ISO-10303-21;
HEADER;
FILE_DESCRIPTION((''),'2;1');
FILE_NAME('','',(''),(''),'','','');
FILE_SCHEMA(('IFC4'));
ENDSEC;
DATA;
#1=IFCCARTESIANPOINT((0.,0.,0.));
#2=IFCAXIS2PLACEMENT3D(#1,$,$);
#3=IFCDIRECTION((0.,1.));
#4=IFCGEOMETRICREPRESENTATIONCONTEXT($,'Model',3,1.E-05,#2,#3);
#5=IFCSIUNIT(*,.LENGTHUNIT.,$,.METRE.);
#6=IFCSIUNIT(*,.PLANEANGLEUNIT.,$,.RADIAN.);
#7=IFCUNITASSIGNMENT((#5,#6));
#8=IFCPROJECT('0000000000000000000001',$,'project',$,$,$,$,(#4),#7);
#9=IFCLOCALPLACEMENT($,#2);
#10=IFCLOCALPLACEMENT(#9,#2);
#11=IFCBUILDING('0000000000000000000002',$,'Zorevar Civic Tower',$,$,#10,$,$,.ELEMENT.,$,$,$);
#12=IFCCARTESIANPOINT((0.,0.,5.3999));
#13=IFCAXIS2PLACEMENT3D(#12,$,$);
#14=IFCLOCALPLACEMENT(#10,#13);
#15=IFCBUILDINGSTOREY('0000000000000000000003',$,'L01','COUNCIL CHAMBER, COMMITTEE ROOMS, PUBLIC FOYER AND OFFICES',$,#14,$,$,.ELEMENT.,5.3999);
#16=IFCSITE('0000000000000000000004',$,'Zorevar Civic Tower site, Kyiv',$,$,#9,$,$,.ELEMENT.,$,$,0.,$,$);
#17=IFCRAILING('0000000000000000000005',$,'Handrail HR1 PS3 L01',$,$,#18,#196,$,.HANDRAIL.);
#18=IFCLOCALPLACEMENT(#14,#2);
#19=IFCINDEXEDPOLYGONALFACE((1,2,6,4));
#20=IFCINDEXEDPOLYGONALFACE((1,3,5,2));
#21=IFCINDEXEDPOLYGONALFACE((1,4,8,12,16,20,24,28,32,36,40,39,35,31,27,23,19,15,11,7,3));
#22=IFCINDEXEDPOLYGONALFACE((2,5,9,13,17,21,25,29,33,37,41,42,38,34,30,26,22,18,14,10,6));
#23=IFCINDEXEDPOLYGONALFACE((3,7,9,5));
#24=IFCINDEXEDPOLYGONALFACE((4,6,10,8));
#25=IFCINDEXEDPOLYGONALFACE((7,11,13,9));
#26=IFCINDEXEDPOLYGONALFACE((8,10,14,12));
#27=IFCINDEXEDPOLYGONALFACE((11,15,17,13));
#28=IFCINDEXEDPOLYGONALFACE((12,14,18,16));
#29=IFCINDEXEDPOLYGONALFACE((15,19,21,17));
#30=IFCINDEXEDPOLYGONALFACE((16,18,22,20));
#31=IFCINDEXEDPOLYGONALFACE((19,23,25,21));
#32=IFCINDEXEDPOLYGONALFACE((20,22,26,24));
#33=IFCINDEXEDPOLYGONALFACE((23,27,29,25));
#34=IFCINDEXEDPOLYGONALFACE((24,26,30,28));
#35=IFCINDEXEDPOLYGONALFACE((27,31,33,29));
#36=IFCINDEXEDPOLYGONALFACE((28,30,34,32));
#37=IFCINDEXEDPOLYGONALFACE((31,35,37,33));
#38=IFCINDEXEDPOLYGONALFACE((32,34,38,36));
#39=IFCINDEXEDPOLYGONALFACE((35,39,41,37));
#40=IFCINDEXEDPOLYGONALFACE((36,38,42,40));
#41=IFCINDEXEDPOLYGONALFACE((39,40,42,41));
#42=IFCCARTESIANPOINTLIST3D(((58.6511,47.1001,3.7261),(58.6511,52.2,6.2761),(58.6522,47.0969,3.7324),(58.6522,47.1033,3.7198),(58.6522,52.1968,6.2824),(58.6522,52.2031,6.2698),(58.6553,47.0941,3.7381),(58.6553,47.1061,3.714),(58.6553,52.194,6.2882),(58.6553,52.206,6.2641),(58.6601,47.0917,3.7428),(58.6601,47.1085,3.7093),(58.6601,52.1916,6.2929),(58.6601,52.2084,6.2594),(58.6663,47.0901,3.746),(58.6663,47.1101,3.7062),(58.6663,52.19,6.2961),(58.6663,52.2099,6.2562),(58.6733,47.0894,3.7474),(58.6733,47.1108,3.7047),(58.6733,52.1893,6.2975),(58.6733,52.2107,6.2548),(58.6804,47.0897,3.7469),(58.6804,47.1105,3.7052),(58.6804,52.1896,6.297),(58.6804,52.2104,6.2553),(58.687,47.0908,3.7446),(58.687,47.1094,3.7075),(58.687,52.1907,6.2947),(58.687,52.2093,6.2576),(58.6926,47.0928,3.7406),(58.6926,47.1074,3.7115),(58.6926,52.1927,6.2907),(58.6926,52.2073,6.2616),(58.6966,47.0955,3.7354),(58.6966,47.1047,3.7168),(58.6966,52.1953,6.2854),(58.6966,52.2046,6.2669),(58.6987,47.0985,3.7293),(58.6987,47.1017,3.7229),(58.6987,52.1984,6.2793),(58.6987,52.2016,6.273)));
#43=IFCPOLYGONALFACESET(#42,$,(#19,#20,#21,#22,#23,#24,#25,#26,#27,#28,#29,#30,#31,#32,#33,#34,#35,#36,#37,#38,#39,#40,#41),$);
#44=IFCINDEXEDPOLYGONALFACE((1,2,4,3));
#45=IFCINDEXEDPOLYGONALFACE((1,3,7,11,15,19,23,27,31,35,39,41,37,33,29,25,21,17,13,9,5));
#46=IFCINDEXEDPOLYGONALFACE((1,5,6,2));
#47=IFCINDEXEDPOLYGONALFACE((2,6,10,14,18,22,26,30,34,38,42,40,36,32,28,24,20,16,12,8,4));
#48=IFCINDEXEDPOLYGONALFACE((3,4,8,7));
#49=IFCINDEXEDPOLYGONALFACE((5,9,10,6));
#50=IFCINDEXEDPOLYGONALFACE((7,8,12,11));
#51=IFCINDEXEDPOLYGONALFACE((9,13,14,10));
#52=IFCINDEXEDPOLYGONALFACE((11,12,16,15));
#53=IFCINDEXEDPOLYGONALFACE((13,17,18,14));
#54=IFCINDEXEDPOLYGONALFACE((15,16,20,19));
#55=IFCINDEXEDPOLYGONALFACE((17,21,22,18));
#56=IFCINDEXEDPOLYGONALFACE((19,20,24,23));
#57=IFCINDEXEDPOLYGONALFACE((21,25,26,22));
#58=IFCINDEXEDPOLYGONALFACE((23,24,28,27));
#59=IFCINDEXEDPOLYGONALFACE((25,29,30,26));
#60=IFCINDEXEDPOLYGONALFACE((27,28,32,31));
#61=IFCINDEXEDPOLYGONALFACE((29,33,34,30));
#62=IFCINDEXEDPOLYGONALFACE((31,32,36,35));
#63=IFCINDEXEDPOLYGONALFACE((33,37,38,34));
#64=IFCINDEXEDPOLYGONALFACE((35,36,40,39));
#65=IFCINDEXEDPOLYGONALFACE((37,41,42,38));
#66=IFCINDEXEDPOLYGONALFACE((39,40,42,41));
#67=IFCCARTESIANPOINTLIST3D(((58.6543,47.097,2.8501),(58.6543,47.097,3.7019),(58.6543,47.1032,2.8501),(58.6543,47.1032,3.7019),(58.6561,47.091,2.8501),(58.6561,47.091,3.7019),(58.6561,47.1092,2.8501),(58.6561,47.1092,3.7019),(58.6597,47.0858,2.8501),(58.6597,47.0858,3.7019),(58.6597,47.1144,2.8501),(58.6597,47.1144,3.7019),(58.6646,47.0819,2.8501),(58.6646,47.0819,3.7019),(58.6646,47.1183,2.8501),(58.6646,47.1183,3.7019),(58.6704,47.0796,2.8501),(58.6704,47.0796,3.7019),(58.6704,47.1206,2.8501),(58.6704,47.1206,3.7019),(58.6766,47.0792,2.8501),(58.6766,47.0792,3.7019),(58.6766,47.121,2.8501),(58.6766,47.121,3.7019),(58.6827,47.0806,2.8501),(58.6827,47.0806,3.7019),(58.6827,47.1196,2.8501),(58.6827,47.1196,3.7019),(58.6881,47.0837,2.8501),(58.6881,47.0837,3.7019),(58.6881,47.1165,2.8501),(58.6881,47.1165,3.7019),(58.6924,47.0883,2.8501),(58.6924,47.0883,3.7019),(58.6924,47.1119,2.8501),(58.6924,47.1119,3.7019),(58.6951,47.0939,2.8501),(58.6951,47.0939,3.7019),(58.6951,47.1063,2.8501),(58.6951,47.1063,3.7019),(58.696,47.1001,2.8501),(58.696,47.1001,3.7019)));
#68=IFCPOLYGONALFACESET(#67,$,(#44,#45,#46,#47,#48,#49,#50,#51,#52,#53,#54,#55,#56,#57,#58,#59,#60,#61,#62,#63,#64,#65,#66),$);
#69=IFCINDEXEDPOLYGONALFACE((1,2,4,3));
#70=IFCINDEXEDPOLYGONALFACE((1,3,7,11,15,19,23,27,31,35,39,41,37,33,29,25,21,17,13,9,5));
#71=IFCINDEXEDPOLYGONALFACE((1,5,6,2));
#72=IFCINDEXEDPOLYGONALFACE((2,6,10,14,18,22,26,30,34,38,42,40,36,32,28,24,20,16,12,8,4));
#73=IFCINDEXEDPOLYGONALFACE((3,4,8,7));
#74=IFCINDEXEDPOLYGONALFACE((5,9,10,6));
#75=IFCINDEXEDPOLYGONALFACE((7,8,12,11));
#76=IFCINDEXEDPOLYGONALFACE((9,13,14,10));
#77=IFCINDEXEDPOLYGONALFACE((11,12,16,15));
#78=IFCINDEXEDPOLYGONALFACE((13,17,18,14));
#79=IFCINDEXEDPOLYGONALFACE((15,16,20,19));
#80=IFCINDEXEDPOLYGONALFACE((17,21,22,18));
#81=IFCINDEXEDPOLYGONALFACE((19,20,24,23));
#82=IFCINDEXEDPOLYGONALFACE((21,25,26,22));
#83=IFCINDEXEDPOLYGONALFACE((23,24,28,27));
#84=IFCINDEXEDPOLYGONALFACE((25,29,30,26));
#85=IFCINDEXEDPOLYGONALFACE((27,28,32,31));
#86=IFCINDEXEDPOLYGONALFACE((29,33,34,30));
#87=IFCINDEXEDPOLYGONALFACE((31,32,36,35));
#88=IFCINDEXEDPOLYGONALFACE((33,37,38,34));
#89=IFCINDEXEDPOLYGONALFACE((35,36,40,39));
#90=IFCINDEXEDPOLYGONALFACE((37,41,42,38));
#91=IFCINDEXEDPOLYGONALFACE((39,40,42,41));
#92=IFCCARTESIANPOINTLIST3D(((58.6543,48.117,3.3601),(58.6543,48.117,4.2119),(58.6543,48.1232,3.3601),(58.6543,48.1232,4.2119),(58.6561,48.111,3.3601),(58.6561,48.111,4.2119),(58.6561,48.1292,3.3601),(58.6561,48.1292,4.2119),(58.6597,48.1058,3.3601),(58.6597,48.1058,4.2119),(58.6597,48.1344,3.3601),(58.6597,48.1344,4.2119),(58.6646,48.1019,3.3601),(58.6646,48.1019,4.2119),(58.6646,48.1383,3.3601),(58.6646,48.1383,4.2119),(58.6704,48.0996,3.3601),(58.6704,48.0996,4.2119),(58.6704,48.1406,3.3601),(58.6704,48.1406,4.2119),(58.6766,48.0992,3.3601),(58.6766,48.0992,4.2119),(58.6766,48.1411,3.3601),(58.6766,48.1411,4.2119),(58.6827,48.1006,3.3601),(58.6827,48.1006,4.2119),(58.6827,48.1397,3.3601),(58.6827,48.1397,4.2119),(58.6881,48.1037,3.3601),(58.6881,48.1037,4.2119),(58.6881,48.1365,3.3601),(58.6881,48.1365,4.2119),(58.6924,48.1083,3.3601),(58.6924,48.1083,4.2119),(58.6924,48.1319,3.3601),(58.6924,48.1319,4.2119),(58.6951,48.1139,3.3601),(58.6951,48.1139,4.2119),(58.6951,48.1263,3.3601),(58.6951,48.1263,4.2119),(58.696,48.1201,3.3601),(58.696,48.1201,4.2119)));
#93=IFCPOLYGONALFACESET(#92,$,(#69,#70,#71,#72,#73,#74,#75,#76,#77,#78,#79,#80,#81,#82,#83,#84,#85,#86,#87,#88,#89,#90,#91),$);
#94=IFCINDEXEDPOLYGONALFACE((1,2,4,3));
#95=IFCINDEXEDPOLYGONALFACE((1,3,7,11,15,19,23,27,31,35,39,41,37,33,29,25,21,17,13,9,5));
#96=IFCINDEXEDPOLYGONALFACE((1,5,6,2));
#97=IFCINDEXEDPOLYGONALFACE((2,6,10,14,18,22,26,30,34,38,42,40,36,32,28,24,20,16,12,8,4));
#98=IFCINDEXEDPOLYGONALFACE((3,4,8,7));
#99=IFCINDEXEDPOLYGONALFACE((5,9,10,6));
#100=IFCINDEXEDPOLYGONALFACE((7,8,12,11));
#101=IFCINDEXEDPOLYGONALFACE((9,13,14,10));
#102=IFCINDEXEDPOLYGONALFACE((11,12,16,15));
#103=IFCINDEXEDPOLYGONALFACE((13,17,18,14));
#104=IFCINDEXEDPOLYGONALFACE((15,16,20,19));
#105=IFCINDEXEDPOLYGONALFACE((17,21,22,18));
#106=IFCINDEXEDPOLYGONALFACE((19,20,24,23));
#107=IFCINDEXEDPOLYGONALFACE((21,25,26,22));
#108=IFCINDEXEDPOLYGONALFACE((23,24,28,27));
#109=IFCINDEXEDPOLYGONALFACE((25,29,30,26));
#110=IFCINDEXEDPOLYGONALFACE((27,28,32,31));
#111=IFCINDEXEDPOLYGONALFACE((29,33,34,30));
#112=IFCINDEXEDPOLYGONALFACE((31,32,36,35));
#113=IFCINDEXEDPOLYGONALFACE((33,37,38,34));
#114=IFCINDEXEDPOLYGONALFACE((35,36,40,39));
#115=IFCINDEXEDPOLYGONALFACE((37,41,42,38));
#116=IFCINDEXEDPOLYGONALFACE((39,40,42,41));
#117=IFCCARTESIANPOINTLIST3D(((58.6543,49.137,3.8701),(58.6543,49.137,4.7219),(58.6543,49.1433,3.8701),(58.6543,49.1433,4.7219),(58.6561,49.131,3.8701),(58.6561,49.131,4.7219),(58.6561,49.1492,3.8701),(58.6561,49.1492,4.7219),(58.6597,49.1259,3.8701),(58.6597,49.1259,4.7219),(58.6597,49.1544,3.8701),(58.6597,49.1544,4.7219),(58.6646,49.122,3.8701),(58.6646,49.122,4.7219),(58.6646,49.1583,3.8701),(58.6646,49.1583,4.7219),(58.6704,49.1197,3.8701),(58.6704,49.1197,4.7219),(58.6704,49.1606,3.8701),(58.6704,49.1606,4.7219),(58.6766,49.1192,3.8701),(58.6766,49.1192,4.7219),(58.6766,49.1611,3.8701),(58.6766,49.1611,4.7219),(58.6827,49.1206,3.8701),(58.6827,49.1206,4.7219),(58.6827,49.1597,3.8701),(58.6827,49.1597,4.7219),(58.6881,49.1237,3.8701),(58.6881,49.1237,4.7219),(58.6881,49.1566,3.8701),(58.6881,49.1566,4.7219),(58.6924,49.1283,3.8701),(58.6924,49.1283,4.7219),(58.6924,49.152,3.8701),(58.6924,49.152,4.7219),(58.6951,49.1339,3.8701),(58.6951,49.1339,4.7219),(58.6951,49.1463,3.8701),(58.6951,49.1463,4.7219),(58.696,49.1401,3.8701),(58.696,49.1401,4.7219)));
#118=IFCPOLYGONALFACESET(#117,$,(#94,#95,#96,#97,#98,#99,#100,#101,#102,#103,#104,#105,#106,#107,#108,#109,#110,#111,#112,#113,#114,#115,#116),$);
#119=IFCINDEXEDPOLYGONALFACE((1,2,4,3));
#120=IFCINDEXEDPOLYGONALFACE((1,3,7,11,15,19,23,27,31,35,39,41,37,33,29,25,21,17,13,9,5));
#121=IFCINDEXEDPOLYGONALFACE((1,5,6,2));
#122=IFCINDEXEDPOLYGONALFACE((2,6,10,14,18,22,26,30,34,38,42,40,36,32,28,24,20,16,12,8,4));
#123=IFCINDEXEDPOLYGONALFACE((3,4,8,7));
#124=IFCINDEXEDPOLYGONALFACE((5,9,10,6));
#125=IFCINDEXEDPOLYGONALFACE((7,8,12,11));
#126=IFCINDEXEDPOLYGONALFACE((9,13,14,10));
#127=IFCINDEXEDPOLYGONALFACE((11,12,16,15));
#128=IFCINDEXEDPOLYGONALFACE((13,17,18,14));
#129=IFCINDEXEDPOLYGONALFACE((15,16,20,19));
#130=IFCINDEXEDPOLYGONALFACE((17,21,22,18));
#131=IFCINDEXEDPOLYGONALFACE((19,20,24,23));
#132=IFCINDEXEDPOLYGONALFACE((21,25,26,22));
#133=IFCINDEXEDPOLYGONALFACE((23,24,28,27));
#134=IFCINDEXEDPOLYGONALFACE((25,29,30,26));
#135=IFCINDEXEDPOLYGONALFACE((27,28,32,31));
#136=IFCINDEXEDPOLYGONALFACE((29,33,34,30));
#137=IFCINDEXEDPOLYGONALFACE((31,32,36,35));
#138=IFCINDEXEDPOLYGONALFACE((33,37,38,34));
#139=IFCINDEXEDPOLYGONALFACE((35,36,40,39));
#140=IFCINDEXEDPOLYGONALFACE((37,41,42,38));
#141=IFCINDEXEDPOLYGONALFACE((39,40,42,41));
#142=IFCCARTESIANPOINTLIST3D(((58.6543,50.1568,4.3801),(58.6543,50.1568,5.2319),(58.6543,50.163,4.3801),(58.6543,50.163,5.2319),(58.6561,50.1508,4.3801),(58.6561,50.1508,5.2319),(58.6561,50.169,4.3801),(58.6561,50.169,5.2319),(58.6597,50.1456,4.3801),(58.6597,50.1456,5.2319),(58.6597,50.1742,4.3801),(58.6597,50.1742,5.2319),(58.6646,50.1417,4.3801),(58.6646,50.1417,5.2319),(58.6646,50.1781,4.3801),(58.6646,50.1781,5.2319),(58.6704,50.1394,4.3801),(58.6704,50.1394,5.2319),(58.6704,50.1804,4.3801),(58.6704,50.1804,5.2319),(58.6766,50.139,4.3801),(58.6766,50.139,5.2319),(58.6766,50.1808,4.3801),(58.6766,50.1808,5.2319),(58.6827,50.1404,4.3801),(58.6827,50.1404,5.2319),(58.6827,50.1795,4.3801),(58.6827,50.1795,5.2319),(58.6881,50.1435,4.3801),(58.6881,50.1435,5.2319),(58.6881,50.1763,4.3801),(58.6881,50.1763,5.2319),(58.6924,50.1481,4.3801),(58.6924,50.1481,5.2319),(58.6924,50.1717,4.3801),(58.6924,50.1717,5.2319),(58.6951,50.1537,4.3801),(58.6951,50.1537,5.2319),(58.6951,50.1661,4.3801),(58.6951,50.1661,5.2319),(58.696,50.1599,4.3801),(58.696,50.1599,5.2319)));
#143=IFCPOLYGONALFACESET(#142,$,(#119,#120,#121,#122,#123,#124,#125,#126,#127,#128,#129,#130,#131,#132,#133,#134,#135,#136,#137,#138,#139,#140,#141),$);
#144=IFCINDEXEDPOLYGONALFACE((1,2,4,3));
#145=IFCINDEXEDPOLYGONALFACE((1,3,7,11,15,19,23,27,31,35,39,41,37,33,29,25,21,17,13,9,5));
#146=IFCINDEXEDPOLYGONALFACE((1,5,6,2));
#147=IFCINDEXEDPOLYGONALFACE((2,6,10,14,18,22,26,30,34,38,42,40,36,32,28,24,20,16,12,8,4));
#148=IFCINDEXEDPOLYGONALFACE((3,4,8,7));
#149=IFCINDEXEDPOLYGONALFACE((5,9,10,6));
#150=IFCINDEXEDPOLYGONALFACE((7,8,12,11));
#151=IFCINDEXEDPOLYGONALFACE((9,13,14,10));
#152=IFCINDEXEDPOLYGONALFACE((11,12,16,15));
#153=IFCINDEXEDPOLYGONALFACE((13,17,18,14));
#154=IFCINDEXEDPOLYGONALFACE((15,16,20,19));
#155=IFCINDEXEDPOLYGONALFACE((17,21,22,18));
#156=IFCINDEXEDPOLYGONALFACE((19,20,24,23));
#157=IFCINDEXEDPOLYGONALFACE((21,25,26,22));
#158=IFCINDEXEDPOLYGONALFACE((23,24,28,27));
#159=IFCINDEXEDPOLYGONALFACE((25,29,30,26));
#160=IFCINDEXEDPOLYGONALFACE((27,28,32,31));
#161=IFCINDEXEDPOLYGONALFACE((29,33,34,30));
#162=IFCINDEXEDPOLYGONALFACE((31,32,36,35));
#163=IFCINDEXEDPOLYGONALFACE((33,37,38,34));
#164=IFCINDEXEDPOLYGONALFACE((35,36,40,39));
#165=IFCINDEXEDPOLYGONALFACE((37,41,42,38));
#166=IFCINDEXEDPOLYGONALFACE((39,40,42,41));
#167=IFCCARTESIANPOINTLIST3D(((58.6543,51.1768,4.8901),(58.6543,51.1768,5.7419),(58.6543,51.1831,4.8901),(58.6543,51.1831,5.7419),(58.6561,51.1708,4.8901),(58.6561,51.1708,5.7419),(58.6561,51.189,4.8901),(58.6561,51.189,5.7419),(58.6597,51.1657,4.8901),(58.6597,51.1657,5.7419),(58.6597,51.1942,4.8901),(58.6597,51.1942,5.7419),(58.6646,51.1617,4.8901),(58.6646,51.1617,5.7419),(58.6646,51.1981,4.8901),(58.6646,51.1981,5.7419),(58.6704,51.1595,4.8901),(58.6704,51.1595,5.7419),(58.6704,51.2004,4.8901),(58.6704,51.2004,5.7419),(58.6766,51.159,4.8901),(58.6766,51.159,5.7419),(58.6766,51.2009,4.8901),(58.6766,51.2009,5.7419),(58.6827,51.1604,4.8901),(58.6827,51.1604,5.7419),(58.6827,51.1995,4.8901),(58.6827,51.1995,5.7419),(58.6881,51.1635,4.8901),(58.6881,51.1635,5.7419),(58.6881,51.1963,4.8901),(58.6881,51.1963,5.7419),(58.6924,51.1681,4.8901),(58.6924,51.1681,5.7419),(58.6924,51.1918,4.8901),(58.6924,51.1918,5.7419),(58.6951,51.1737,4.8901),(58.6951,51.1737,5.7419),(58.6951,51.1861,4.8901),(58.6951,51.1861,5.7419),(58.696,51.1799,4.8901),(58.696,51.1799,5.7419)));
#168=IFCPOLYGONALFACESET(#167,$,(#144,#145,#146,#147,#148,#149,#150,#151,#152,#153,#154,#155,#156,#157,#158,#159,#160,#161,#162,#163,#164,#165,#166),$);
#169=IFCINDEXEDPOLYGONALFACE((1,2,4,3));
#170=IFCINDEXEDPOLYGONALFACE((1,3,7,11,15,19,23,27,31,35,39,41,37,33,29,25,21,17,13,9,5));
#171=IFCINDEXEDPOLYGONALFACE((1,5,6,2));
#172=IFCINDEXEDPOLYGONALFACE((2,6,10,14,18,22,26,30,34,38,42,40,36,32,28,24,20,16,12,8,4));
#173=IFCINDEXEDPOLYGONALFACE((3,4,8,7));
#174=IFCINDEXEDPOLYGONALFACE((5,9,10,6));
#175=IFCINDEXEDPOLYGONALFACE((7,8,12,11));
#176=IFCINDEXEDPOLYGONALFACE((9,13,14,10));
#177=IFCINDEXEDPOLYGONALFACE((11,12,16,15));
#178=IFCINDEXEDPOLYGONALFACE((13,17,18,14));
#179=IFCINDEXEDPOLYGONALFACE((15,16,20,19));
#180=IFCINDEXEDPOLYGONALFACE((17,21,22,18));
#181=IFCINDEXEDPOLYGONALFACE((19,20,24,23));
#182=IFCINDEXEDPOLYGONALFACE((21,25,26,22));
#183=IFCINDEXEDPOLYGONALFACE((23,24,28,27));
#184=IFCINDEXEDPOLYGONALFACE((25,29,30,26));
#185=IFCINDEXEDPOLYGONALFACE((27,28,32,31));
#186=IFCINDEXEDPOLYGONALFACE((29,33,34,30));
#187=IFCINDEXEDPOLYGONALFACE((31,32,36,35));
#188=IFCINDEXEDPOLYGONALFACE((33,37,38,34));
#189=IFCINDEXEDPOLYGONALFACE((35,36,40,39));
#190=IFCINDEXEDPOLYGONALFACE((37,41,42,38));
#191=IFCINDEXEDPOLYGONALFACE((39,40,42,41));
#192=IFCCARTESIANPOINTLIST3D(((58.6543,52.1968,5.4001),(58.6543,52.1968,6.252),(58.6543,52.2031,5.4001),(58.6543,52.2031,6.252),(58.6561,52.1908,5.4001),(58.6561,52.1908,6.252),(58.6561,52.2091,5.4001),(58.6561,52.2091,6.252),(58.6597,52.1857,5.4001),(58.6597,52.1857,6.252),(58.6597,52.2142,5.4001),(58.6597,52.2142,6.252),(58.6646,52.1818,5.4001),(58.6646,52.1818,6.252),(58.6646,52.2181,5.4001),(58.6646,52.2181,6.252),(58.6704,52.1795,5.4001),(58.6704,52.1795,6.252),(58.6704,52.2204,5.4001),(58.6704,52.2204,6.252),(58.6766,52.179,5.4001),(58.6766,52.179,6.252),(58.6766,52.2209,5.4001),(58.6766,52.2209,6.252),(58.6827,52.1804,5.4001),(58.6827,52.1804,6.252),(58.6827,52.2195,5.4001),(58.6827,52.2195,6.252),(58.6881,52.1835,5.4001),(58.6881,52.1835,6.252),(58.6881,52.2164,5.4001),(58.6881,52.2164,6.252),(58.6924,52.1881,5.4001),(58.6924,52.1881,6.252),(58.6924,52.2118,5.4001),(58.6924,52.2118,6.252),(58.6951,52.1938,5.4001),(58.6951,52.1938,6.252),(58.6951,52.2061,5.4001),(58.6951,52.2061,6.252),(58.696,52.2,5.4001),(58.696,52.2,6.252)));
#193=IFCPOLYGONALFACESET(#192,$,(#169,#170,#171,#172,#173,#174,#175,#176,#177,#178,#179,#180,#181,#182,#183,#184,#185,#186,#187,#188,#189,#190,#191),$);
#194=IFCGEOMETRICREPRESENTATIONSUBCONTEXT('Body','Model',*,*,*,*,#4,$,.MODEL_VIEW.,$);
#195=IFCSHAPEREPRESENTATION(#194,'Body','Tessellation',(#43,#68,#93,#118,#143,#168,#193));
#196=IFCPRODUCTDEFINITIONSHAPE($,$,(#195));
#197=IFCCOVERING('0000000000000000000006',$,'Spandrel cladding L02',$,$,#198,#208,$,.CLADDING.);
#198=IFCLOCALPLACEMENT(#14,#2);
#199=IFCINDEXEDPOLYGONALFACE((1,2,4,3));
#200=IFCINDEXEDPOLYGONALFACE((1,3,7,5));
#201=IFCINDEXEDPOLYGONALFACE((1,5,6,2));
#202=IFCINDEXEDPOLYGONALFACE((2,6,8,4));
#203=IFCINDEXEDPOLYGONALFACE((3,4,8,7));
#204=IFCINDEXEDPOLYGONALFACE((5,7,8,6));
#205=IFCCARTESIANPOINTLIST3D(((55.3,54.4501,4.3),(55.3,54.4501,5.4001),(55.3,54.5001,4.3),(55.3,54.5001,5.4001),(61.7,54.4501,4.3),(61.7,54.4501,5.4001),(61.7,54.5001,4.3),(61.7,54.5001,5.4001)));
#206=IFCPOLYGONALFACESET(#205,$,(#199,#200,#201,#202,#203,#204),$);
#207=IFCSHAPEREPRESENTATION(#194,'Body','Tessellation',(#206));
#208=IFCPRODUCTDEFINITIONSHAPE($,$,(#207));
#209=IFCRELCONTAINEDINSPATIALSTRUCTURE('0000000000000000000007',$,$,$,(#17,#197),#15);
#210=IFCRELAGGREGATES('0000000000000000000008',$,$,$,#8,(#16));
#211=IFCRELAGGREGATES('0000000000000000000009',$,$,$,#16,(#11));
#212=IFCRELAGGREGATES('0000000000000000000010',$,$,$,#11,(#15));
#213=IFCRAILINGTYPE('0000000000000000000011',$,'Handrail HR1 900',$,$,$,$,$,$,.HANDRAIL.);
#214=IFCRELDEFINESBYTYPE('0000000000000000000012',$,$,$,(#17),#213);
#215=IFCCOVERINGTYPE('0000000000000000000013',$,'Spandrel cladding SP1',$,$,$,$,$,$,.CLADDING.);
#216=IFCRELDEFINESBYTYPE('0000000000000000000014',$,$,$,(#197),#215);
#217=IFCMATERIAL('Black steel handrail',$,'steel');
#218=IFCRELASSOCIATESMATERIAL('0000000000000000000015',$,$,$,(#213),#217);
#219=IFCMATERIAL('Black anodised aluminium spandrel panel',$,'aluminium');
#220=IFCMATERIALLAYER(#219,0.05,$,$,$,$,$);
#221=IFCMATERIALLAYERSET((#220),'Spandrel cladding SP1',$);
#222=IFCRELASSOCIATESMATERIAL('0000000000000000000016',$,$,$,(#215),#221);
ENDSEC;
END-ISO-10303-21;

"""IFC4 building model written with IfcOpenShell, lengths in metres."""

from ifc_helpers import new_model, si_unit, direction, frame, frame_2d, origin, origin_2d, place, context, subcontext, project, spatial, rectangle, circle, extrude, material, layer, layer_set, type_object, element, save


model = new_model("IFC4")

# Units and contexts
model_context = context("Model", 3, precision=1e-05, world=origin(), true_north=direction((0.0, 1.0)))
body_context = subcontext(model_context, "Body", "Model", "MODEL_VIEW")
ifc_project = project(units=[si_unit("LENGTHUNIT", "METRE"), si_unit("PLANEANGLEUNIT", "RADIAN")], contexts=[model_context])

# Site, building, storey
site_placement = place(None, origin())
site = spatial("IfcSite", under=ifc_project, at=site_placement, Name="Zorevar Civic Tower site, Kyiv", CompositionType="ELEMENT", RefElevation=0.0)
building_placement = place(site_placement, origin())
building = spatial("IfcBuilding", under=site, at=building_placement, Name="Zorevar Civic Tower", CompositionType="ELEMENT")
storey_placement = place(building_placement, frame((0.0, 0.0, 5.3999)))
storey = spatial("IfcBuildingStorey", under=building, at=storey_placement, Name="L01", Description="COUNCIL CHAMBER, COMMITTEE ROOMS, PUBLIC FOYER AND OFFICES", CompositionType="ELEMENT", Elevation=5.3999)

# Railing
ifc_material_1 = material(Name="Black steel handrail", Category="steel")
railing_type = type_object("IfcRailingType", Name="Handrail HR1 900", PredefinedType="HANDRAIL", material=ifc_material_1)
railing_1_placement = place(storey_placement, frame((58.675, 47.1001, 2.8501)))
element("IfcRailing", 1, at=railing_1_placement, inside=storey, type_object=railing_type, Name="Handrail HR1 PS3 L01", PredefinedType="HANDRAIL", context=body_context, shape_type="SweptSolid", body=[
    extrude(circle(Radius=0.0239, at=origin_2d()), frame((0.0, 0.0, 0.876), z_axis=(0.0, 0.894419, 0.447231), x_axis=(-1.0, 0.0, 0.0)), (0.0, 0.0, 1.0), 5.7019),
    extrude(circle(Radius=0.021, at=origin_2d()), origin(), (0.0, 0.0, 1.0), 0.8518),
    extrude(circle(Radius=0.021, at=origin_2d()), frame((0.0, 1.02, 0.51)), (0.0, 0.0, 1.0), 0.8518),
    extrude(circle(Radius=0.021, at=origin_2d()), frame((0.0, 2.04, 1.02)), (0.0, 0.0, 1.0), 0.8518),
    extrude(circle(Radius=0.021, at=origin_2d()), frame((0.0, 3.0598, 1.53)), (0.0, 0.0, 1.0), 0.8518),
    extrude(circle(Radius=0.021, at=origin_2d()), frame((0.0, 4.0798, 2.04)), (0.0, 0.0, 1.0), 0.8518),
    extrude(circle(Radius=0.021, at=origin_2d()), frame((0.0, 5.0999, 2.55)), (0.0, 0.0, 1.0), 0.8518),
])

# Covering
ifc_material_2 = material(Name="Black anodised aluminium spandrel panel", Category="aluminium")
ifc_layer_1 = layer(ifc_material_2, 0.05)
ifc_layer_set_1 = layer_set([ifc_layer_1], Name="Spandrel cladding SP1")
covering_type = type_object("IfcCoveringType", Name="Spandrel cladding SP1", PredefinedType="CLADDING", material=ifc_layer_set_1)
covering_placement = place(storey_placement, frame((55.3, 54.4751, 4.3), z_axis=(0.0, 0.0, 1.0), x_axis=(1.0, 0.0, 0.0)))
element("IfcCovering", 2, at=covering_placement, inside=storey, type_object=covering_type, Name="Spandrel cladding L02", PredefinedType="CLADDING", context=body_context, shape_type="SweptSolid", body=[
    extrude(rectangle(XDim=6.3999, YDim=0.05, at=frame_2d((3.2, 0.0))), origin(), (0.0, 0.0, 1.0), 1.1001),
])

save(model, "model.ifc")
